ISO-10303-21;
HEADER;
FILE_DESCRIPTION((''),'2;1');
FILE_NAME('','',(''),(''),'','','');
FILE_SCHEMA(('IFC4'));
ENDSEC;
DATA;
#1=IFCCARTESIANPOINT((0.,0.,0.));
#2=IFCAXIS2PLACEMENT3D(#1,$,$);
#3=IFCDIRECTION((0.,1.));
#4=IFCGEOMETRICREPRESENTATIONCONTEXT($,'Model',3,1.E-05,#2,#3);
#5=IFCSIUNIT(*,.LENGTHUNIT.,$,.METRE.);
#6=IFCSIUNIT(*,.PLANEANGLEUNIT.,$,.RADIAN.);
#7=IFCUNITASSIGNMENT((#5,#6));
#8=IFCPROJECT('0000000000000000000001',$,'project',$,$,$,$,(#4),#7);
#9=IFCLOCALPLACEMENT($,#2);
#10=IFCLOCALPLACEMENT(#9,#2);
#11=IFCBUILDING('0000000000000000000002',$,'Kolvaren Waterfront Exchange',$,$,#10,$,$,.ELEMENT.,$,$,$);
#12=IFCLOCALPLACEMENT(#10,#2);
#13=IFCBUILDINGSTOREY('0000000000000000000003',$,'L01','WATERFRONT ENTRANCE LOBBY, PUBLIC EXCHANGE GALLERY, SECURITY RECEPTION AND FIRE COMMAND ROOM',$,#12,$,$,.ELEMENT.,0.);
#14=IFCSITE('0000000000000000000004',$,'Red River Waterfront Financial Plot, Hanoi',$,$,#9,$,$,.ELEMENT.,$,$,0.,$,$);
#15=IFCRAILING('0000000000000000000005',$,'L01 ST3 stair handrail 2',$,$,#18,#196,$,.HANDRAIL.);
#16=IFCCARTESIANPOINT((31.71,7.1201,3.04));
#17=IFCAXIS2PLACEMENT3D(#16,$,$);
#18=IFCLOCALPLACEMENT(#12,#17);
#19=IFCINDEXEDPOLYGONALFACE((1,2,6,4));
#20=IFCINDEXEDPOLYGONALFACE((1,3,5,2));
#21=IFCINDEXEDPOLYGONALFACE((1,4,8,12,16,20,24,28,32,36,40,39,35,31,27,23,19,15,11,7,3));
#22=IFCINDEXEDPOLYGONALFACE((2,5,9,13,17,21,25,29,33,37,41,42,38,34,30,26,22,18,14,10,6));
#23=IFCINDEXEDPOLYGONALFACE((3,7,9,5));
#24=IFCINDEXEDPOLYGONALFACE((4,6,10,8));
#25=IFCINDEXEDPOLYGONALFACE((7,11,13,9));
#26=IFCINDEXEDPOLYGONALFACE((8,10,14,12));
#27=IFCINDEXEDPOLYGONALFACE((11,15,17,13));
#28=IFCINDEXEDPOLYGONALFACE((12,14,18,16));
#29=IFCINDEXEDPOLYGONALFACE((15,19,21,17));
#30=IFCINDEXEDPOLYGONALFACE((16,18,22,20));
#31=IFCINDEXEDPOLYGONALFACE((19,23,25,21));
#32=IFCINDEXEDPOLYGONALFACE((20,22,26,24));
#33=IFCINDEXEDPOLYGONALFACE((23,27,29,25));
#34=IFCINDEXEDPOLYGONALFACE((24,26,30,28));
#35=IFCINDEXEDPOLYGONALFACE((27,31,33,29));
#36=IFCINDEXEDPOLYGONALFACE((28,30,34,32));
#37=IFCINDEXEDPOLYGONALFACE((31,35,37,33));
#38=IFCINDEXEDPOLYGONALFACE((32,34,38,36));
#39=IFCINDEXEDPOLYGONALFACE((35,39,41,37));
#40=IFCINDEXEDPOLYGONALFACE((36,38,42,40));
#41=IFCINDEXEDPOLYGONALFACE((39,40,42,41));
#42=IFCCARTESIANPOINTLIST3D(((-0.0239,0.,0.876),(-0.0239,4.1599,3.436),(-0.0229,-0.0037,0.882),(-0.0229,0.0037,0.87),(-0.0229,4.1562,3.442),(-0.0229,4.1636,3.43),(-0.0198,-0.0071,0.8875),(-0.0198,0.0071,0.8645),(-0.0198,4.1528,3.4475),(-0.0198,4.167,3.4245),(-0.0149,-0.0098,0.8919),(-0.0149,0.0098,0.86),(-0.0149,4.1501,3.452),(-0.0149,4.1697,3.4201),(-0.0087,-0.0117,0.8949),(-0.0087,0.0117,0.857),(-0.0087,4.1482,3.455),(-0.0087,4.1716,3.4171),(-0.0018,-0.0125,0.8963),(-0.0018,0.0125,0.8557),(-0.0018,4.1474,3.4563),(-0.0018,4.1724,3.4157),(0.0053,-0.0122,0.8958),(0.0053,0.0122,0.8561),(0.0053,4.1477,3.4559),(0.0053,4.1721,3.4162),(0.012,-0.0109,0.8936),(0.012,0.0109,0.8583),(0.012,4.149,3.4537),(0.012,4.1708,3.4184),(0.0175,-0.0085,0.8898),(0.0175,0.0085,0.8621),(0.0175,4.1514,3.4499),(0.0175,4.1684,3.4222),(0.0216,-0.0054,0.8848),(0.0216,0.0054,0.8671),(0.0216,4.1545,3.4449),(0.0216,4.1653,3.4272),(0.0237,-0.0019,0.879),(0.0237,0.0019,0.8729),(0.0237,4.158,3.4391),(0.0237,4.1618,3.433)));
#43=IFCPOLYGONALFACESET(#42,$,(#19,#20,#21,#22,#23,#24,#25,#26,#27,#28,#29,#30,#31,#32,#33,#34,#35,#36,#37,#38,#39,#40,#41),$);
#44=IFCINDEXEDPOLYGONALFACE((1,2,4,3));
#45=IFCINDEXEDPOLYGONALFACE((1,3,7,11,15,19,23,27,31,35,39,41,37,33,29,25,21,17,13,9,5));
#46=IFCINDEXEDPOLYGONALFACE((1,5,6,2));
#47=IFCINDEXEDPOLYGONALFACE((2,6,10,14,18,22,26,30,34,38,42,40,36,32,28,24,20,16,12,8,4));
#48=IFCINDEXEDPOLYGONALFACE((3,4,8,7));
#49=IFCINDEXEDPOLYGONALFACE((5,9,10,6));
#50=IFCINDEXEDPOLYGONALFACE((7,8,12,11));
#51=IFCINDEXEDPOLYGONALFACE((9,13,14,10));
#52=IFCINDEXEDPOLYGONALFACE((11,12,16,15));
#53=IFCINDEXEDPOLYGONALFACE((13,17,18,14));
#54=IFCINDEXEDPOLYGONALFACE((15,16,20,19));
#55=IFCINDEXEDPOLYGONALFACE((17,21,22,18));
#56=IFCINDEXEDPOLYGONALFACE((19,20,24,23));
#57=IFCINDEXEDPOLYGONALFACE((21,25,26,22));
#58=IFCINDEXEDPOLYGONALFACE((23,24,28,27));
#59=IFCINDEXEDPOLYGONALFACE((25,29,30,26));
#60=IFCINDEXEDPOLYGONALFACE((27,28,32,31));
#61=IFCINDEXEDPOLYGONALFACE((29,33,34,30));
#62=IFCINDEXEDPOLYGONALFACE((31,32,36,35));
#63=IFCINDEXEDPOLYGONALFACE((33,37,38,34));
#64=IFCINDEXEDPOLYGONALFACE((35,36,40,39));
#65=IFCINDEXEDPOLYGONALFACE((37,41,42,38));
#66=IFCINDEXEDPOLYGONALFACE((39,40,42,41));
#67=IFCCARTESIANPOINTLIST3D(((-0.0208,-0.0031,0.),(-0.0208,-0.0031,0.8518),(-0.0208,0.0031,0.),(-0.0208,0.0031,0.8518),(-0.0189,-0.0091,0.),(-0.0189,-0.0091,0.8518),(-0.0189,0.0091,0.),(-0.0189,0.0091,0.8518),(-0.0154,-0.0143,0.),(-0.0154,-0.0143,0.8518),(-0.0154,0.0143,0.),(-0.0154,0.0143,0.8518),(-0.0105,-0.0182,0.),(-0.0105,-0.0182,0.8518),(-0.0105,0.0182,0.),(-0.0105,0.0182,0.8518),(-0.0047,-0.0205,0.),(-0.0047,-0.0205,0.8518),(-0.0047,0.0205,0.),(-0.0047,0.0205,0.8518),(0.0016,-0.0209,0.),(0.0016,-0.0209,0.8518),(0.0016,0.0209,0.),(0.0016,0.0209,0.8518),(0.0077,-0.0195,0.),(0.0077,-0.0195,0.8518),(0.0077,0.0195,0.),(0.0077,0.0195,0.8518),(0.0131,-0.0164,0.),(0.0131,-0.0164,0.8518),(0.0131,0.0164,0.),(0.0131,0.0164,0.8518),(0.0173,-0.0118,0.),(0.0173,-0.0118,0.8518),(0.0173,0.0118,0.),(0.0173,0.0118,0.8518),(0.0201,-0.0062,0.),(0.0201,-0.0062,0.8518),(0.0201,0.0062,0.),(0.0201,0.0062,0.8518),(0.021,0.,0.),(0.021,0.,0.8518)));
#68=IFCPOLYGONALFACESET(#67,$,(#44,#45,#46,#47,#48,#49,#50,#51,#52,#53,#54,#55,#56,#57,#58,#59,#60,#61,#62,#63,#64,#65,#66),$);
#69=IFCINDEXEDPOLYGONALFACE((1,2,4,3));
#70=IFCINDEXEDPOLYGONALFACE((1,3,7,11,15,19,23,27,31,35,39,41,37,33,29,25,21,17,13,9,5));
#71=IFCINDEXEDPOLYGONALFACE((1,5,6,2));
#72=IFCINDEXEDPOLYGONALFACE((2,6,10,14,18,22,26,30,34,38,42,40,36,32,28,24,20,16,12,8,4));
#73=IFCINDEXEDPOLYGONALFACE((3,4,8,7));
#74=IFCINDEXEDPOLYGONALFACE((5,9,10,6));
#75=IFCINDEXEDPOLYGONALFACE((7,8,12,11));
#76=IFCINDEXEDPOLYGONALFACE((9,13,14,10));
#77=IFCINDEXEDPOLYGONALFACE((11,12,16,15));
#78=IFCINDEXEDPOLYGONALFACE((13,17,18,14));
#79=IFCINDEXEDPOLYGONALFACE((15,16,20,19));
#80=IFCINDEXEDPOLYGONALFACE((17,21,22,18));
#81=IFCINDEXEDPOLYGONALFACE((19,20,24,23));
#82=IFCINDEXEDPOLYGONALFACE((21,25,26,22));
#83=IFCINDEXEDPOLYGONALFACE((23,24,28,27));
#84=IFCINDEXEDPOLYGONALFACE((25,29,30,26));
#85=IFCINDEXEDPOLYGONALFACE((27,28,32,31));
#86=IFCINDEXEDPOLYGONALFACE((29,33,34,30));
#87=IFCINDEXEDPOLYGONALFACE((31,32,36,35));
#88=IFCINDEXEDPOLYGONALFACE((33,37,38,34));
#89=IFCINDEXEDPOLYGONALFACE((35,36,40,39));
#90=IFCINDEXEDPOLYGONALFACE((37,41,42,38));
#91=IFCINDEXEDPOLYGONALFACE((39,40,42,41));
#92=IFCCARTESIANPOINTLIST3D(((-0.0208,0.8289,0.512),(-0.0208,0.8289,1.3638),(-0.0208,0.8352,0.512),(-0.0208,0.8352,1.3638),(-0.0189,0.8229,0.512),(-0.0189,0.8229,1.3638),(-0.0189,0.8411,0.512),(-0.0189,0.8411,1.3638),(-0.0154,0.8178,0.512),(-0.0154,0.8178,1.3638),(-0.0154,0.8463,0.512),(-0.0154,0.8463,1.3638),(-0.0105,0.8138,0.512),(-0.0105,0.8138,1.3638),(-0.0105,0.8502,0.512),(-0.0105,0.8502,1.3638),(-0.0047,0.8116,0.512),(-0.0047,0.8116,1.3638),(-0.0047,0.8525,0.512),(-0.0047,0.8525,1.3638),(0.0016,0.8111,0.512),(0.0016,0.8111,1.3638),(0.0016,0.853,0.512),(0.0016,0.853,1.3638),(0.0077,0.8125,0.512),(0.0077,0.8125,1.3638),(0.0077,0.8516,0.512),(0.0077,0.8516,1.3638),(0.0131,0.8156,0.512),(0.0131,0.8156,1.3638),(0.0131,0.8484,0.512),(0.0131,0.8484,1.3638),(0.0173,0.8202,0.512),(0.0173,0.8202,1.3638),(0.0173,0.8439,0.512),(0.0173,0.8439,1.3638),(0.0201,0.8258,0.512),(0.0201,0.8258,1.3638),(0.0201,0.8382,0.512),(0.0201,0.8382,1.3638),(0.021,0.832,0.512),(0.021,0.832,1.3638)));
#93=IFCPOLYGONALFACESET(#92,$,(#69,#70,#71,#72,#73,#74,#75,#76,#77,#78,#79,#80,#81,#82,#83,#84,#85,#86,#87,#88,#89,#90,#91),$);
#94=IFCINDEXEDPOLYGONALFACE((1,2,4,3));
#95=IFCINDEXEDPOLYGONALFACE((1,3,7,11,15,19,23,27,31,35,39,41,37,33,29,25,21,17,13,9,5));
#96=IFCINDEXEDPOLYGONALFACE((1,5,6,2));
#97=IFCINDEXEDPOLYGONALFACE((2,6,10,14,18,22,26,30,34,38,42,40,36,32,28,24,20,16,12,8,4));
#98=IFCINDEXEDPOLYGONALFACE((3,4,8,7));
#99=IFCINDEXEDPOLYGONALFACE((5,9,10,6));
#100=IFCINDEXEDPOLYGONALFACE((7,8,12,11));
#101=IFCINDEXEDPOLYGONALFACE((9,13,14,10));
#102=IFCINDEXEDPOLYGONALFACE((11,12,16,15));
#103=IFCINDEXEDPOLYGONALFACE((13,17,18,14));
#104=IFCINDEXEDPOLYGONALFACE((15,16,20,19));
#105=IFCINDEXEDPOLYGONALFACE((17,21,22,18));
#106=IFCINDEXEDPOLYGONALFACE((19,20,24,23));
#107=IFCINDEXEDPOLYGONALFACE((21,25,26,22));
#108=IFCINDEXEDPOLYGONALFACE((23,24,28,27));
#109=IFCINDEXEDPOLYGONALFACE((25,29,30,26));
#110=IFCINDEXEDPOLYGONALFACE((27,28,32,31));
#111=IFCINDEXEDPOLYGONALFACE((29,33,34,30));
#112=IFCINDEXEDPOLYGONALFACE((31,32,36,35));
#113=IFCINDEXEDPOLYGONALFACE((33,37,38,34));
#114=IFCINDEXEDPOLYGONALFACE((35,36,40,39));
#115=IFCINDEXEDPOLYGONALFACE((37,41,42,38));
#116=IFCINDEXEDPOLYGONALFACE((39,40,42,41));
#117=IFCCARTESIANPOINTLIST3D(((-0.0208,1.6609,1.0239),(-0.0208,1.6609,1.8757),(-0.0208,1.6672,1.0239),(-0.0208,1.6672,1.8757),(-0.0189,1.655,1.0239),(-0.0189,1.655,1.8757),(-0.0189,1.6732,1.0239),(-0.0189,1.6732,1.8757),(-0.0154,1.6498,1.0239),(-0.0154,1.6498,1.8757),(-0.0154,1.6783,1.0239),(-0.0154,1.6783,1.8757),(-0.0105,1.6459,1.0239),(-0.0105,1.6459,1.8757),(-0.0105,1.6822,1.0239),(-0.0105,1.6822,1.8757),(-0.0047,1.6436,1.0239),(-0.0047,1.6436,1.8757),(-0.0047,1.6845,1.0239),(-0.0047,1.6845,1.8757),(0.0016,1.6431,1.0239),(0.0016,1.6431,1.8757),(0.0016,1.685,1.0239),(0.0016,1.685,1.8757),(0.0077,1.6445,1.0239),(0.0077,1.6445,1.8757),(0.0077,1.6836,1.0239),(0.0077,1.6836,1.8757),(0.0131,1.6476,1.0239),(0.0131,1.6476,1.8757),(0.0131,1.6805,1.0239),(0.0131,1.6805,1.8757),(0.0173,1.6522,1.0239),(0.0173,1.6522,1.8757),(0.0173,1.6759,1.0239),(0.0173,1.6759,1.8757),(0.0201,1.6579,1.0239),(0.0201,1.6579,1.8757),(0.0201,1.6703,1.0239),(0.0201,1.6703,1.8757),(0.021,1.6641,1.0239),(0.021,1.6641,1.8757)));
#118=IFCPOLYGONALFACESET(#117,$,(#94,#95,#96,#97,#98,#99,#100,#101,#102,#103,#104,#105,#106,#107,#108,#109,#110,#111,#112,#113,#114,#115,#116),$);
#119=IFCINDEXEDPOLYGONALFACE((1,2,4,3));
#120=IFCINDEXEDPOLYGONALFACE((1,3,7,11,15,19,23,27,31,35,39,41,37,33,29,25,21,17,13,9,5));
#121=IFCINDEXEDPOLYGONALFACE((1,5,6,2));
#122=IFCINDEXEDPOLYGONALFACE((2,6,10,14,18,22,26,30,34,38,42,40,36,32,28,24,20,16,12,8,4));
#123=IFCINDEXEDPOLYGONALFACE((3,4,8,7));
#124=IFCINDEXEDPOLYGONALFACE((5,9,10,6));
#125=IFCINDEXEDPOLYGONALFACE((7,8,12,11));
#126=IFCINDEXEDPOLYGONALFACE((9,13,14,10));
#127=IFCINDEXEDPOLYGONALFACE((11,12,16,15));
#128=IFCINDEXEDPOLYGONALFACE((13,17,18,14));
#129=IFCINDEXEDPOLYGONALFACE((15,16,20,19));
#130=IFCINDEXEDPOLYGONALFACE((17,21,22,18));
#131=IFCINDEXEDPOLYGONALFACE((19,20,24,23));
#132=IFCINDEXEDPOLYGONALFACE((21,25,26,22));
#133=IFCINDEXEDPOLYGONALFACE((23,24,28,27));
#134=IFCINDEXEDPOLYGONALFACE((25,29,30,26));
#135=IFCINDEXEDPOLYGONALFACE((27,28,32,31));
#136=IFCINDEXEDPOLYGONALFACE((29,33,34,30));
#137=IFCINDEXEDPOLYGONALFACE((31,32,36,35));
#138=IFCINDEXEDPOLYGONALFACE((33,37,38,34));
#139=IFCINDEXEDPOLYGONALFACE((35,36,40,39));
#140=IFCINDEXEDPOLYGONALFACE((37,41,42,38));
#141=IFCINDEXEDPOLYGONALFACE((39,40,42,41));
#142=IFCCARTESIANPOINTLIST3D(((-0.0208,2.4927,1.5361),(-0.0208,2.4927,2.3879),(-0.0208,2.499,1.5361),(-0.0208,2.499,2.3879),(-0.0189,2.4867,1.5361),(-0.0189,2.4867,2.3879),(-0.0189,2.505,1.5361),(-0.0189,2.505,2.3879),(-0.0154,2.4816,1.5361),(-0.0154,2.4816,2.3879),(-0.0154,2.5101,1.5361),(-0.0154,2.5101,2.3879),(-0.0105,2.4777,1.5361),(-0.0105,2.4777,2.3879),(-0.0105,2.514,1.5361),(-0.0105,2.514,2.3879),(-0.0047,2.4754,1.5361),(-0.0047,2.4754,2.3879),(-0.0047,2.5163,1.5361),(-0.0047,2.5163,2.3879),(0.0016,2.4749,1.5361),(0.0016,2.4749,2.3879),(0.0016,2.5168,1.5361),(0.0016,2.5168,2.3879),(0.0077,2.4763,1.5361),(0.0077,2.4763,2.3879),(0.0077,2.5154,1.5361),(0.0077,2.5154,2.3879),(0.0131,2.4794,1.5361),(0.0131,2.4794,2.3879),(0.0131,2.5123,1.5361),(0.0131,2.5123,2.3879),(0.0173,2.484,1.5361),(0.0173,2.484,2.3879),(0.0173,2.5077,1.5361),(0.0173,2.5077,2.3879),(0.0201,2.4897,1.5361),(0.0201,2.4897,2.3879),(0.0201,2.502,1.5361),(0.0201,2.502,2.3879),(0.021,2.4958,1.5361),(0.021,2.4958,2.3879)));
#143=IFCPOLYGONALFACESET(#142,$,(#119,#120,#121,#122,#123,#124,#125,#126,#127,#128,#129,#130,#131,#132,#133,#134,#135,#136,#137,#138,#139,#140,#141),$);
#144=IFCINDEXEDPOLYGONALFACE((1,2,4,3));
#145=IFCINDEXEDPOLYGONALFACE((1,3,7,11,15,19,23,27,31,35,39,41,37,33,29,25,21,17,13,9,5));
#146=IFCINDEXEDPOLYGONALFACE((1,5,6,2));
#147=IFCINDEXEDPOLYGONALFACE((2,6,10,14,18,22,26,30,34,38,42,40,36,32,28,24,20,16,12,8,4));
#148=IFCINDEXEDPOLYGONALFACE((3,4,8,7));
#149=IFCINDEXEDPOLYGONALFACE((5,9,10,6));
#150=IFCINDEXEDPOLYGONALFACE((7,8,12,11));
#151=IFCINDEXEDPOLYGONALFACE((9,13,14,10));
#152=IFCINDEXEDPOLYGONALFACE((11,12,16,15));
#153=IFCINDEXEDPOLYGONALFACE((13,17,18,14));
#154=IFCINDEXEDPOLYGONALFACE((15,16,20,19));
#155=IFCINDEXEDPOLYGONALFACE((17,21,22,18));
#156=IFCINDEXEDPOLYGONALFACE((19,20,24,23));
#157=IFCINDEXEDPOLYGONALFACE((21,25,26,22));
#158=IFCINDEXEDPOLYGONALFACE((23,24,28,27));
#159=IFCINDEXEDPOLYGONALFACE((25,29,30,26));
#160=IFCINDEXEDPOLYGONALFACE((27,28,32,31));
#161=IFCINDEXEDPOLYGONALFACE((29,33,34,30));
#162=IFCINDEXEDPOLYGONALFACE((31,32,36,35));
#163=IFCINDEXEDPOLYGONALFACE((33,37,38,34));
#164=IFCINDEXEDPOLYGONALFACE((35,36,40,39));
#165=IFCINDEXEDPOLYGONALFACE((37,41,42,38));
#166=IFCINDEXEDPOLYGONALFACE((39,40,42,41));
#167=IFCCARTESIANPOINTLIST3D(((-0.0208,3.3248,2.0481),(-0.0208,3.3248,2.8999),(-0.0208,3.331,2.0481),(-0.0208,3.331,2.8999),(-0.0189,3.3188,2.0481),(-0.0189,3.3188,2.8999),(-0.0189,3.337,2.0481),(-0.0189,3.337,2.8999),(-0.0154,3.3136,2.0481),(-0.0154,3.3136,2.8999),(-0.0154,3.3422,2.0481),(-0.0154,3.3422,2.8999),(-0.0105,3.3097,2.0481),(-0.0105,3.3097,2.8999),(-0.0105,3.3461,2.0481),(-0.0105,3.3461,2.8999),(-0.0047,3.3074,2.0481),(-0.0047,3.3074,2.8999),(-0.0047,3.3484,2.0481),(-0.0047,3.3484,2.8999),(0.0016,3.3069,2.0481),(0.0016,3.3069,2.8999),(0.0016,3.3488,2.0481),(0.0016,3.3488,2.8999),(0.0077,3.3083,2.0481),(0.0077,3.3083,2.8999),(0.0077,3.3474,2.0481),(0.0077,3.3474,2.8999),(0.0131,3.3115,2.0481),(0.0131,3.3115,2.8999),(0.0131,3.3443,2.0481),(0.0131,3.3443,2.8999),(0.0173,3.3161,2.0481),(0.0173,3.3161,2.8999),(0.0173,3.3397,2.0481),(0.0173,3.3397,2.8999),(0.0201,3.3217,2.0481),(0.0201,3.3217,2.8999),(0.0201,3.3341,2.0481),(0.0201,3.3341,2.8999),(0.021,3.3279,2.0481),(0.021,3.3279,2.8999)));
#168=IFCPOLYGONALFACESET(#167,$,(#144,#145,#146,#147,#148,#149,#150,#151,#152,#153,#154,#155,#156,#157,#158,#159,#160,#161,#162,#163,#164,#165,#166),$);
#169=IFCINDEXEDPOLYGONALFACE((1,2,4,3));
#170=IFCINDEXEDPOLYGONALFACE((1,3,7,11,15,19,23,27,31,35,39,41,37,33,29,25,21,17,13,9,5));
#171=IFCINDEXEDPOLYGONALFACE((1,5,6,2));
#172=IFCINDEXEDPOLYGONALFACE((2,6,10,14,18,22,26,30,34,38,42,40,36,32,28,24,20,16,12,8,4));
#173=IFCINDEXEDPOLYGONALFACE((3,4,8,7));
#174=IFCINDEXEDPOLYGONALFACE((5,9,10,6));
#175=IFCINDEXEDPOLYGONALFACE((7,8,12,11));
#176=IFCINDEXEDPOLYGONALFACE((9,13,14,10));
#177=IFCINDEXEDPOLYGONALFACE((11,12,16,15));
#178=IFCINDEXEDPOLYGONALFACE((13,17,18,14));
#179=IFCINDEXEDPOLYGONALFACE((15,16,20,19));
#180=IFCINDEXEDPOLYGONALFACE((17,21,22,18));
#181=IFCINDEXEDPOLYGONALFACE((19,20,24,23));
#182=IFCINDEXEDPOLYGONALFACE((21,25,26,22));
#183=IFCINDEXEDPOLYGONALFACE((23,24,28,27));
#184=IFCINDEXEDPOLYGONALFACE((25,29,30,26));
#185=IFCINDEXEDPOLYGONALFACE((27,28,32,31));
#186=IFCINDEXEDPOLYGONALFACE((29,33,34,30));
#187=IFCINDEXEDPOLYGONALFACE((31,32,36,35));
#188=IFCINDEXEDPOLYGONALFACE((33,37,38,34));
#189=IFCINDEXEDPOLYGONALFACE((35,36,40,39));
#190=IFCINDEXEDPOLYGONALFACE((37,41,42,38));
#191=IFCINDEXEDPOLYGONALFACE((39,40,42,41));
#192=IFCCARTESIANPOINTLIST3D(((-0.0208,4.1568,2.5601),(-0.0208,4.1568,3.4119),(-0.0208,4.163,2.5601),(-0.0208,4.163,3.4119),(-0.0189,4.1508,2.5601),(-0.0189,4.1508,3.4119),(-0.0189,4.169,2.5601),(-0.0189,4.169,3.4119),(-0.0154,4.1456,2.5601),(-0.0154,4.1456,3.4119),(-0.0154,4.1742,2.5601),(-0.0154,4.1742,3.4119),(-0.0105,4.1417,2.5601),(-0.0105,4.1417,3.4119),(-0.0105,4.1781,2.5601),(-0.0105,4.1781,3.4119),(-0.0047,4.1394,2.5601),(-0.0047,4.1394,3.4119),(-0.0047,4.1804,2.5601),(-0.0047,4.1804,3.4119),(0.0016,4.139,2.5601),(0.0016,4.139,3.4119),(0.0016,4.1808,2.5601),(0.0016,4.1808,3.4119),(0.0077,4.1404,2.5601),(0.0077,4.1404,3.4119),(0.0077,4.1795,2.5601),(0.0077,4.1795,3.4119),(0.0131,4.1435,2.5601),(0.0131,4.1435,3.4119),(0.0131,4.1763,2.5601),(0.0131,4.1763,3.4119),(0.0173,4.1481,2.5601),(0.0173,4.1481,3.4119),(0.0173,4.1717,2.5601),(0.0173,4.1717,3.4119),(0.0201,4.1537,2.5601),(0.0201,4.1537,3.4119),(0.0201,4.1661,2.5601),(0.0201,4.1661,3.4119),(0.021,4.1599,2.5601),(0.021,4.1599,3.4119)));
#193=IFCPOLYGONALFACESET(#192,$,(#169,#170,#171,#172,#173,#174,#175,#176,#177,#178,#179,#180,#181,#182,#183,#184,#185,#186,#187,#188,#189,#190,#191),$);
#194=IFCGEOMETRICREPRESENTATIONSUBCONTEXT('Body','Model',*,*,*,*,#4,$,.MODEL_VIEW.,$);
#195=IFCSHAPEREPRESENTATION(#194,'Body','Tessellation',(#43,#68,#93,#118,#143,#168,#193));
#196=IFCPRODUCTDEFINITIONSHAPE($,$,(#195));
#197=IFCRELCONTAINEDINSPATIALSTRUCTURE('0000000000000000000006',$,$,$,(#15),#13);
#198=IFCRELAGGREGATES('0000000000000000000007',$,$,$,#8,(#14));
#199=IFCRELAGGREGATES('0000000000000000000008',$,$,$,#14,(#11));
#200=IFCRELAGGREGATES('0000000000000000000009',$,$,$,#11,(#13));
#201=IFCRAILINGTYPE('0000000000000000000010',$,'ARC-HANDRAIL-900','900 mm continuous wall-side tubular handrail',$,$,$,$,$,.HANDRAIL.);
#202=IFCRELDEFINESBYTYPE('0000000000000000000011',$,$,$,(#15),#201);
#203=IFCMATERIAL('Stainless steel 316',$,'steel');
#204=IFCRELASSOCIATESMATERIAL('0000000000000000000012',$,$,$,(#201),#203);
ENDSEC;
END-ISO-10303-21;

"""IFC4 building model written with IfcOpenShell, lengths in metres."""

from ifc_helpers import new_model, si_unit, direction, frame, origin, origin_2d, place, context, subcontext, project, spatial, circle, extrude, material, type_object, element, save


model = new_model("IFC4")

# Units and contexts
model_context = context("Model", 3, precision=1e-05, world=origin(), true_north=direction((0.0, 1.0)))
body_context = subcontext(model_context, "Body", "Model", "MODEL_VIEW")
ifc_project = project(units=[si_unit("LENGTHUNIT", "METRE"), si_unit("PLANEANGLEUNIT", "RADIAN")], contexts=[model_context])

# Site, building, storey
site_placement = place(None, origin())
site = spatial("IfcSite", under=ifc_project, at=site_placement, Name="Red River Waterfront Financial Plot, Hanoi", CompositionType="ELEMENT", RefElevation=0.0)
building_placement = place(site_placement, origin())
building = spatial("IfcBuilding", under=site, at=building_placement, Name="Kolvaren Waterfront Exchange", CompositionType="ELEMENT")
storey_placement = place(building_placement, origin())
storey = spatial("IfcBuildingStorey", under=building, at=storey_placement, Name="L01", Description="WATERFRONT ENTRANCE LOBBY, PUBLIC EXCHANGE GALLERY, SECURITY RECEPTION AND FIRE COMMAND ROOM", CompositionType="ELEMENT", Elevation=0.0)

# Railing
ifc_material_1 = material(Name="Stainless steel 316", Category="steel")
railing_type_1 = type_object("IfcRailingType", Name="ARC-HANDRAIL-900", Description="900 mm continuous wall-side tubular handrail", PredefinedType="HANDRAIL", material=ifc_material_1)
railing_1_placement = place(storey_placement, frame((31.71, 7.1201, 3.04)))
element("IfcRailing", 1, at=railing_1_placement, inside=storey, type_object=railing_type_1, Name="L01 ST3 stair handrail 2", PredefinedType="HANDRAIL", context=body_context, shape_type="SweptSolid", body=[
    extrude(circle(Radius=0.0239, at=origin_2d()), frame((0.0, 0.0, 0.876), z_axis=(0.0, 0.851648, 0.524114), x_axis=(-1.0, 0.0, 0.0)), (0.0, 0.0, 1.0), 4.8845),
    extrude(circle(Radius=0.021, at=origin_2d()), origin(), (0.0, 0.0, 1.0), 0.8518),
    extrude(circle(Radius=0.021, at=origin_2d()), frame((0.0, 0.832, 0.512)), (0.0, 0.0, 1.0), 0.8518),
    extrude(circle(Radius=0.021, at=origin_2d()), frame((0.0, 1.6641, 1.0239)), (0.0, 0.0, 1.0), 0.8518),
    extrude(circle(Radius=0.021, at=origin_2d()), frame((0.0, 2.4958, 1.5361)), (0.0, 0.0, 1.0), 0.8518),
    extrude(circle(Radius=0.021, at=origin_2d()), frame((0.0, 3.3279, 2.0481)), (0.0, 0.0, 1.0), 0.8518),
    extrude(circle(Radius=0.021, at=origin_2d()), frame((0.0, 4.1599, 2.5601)), (0.0, 0.0, 1.0), 0.8518),
])

save(model, "model.ifc")
